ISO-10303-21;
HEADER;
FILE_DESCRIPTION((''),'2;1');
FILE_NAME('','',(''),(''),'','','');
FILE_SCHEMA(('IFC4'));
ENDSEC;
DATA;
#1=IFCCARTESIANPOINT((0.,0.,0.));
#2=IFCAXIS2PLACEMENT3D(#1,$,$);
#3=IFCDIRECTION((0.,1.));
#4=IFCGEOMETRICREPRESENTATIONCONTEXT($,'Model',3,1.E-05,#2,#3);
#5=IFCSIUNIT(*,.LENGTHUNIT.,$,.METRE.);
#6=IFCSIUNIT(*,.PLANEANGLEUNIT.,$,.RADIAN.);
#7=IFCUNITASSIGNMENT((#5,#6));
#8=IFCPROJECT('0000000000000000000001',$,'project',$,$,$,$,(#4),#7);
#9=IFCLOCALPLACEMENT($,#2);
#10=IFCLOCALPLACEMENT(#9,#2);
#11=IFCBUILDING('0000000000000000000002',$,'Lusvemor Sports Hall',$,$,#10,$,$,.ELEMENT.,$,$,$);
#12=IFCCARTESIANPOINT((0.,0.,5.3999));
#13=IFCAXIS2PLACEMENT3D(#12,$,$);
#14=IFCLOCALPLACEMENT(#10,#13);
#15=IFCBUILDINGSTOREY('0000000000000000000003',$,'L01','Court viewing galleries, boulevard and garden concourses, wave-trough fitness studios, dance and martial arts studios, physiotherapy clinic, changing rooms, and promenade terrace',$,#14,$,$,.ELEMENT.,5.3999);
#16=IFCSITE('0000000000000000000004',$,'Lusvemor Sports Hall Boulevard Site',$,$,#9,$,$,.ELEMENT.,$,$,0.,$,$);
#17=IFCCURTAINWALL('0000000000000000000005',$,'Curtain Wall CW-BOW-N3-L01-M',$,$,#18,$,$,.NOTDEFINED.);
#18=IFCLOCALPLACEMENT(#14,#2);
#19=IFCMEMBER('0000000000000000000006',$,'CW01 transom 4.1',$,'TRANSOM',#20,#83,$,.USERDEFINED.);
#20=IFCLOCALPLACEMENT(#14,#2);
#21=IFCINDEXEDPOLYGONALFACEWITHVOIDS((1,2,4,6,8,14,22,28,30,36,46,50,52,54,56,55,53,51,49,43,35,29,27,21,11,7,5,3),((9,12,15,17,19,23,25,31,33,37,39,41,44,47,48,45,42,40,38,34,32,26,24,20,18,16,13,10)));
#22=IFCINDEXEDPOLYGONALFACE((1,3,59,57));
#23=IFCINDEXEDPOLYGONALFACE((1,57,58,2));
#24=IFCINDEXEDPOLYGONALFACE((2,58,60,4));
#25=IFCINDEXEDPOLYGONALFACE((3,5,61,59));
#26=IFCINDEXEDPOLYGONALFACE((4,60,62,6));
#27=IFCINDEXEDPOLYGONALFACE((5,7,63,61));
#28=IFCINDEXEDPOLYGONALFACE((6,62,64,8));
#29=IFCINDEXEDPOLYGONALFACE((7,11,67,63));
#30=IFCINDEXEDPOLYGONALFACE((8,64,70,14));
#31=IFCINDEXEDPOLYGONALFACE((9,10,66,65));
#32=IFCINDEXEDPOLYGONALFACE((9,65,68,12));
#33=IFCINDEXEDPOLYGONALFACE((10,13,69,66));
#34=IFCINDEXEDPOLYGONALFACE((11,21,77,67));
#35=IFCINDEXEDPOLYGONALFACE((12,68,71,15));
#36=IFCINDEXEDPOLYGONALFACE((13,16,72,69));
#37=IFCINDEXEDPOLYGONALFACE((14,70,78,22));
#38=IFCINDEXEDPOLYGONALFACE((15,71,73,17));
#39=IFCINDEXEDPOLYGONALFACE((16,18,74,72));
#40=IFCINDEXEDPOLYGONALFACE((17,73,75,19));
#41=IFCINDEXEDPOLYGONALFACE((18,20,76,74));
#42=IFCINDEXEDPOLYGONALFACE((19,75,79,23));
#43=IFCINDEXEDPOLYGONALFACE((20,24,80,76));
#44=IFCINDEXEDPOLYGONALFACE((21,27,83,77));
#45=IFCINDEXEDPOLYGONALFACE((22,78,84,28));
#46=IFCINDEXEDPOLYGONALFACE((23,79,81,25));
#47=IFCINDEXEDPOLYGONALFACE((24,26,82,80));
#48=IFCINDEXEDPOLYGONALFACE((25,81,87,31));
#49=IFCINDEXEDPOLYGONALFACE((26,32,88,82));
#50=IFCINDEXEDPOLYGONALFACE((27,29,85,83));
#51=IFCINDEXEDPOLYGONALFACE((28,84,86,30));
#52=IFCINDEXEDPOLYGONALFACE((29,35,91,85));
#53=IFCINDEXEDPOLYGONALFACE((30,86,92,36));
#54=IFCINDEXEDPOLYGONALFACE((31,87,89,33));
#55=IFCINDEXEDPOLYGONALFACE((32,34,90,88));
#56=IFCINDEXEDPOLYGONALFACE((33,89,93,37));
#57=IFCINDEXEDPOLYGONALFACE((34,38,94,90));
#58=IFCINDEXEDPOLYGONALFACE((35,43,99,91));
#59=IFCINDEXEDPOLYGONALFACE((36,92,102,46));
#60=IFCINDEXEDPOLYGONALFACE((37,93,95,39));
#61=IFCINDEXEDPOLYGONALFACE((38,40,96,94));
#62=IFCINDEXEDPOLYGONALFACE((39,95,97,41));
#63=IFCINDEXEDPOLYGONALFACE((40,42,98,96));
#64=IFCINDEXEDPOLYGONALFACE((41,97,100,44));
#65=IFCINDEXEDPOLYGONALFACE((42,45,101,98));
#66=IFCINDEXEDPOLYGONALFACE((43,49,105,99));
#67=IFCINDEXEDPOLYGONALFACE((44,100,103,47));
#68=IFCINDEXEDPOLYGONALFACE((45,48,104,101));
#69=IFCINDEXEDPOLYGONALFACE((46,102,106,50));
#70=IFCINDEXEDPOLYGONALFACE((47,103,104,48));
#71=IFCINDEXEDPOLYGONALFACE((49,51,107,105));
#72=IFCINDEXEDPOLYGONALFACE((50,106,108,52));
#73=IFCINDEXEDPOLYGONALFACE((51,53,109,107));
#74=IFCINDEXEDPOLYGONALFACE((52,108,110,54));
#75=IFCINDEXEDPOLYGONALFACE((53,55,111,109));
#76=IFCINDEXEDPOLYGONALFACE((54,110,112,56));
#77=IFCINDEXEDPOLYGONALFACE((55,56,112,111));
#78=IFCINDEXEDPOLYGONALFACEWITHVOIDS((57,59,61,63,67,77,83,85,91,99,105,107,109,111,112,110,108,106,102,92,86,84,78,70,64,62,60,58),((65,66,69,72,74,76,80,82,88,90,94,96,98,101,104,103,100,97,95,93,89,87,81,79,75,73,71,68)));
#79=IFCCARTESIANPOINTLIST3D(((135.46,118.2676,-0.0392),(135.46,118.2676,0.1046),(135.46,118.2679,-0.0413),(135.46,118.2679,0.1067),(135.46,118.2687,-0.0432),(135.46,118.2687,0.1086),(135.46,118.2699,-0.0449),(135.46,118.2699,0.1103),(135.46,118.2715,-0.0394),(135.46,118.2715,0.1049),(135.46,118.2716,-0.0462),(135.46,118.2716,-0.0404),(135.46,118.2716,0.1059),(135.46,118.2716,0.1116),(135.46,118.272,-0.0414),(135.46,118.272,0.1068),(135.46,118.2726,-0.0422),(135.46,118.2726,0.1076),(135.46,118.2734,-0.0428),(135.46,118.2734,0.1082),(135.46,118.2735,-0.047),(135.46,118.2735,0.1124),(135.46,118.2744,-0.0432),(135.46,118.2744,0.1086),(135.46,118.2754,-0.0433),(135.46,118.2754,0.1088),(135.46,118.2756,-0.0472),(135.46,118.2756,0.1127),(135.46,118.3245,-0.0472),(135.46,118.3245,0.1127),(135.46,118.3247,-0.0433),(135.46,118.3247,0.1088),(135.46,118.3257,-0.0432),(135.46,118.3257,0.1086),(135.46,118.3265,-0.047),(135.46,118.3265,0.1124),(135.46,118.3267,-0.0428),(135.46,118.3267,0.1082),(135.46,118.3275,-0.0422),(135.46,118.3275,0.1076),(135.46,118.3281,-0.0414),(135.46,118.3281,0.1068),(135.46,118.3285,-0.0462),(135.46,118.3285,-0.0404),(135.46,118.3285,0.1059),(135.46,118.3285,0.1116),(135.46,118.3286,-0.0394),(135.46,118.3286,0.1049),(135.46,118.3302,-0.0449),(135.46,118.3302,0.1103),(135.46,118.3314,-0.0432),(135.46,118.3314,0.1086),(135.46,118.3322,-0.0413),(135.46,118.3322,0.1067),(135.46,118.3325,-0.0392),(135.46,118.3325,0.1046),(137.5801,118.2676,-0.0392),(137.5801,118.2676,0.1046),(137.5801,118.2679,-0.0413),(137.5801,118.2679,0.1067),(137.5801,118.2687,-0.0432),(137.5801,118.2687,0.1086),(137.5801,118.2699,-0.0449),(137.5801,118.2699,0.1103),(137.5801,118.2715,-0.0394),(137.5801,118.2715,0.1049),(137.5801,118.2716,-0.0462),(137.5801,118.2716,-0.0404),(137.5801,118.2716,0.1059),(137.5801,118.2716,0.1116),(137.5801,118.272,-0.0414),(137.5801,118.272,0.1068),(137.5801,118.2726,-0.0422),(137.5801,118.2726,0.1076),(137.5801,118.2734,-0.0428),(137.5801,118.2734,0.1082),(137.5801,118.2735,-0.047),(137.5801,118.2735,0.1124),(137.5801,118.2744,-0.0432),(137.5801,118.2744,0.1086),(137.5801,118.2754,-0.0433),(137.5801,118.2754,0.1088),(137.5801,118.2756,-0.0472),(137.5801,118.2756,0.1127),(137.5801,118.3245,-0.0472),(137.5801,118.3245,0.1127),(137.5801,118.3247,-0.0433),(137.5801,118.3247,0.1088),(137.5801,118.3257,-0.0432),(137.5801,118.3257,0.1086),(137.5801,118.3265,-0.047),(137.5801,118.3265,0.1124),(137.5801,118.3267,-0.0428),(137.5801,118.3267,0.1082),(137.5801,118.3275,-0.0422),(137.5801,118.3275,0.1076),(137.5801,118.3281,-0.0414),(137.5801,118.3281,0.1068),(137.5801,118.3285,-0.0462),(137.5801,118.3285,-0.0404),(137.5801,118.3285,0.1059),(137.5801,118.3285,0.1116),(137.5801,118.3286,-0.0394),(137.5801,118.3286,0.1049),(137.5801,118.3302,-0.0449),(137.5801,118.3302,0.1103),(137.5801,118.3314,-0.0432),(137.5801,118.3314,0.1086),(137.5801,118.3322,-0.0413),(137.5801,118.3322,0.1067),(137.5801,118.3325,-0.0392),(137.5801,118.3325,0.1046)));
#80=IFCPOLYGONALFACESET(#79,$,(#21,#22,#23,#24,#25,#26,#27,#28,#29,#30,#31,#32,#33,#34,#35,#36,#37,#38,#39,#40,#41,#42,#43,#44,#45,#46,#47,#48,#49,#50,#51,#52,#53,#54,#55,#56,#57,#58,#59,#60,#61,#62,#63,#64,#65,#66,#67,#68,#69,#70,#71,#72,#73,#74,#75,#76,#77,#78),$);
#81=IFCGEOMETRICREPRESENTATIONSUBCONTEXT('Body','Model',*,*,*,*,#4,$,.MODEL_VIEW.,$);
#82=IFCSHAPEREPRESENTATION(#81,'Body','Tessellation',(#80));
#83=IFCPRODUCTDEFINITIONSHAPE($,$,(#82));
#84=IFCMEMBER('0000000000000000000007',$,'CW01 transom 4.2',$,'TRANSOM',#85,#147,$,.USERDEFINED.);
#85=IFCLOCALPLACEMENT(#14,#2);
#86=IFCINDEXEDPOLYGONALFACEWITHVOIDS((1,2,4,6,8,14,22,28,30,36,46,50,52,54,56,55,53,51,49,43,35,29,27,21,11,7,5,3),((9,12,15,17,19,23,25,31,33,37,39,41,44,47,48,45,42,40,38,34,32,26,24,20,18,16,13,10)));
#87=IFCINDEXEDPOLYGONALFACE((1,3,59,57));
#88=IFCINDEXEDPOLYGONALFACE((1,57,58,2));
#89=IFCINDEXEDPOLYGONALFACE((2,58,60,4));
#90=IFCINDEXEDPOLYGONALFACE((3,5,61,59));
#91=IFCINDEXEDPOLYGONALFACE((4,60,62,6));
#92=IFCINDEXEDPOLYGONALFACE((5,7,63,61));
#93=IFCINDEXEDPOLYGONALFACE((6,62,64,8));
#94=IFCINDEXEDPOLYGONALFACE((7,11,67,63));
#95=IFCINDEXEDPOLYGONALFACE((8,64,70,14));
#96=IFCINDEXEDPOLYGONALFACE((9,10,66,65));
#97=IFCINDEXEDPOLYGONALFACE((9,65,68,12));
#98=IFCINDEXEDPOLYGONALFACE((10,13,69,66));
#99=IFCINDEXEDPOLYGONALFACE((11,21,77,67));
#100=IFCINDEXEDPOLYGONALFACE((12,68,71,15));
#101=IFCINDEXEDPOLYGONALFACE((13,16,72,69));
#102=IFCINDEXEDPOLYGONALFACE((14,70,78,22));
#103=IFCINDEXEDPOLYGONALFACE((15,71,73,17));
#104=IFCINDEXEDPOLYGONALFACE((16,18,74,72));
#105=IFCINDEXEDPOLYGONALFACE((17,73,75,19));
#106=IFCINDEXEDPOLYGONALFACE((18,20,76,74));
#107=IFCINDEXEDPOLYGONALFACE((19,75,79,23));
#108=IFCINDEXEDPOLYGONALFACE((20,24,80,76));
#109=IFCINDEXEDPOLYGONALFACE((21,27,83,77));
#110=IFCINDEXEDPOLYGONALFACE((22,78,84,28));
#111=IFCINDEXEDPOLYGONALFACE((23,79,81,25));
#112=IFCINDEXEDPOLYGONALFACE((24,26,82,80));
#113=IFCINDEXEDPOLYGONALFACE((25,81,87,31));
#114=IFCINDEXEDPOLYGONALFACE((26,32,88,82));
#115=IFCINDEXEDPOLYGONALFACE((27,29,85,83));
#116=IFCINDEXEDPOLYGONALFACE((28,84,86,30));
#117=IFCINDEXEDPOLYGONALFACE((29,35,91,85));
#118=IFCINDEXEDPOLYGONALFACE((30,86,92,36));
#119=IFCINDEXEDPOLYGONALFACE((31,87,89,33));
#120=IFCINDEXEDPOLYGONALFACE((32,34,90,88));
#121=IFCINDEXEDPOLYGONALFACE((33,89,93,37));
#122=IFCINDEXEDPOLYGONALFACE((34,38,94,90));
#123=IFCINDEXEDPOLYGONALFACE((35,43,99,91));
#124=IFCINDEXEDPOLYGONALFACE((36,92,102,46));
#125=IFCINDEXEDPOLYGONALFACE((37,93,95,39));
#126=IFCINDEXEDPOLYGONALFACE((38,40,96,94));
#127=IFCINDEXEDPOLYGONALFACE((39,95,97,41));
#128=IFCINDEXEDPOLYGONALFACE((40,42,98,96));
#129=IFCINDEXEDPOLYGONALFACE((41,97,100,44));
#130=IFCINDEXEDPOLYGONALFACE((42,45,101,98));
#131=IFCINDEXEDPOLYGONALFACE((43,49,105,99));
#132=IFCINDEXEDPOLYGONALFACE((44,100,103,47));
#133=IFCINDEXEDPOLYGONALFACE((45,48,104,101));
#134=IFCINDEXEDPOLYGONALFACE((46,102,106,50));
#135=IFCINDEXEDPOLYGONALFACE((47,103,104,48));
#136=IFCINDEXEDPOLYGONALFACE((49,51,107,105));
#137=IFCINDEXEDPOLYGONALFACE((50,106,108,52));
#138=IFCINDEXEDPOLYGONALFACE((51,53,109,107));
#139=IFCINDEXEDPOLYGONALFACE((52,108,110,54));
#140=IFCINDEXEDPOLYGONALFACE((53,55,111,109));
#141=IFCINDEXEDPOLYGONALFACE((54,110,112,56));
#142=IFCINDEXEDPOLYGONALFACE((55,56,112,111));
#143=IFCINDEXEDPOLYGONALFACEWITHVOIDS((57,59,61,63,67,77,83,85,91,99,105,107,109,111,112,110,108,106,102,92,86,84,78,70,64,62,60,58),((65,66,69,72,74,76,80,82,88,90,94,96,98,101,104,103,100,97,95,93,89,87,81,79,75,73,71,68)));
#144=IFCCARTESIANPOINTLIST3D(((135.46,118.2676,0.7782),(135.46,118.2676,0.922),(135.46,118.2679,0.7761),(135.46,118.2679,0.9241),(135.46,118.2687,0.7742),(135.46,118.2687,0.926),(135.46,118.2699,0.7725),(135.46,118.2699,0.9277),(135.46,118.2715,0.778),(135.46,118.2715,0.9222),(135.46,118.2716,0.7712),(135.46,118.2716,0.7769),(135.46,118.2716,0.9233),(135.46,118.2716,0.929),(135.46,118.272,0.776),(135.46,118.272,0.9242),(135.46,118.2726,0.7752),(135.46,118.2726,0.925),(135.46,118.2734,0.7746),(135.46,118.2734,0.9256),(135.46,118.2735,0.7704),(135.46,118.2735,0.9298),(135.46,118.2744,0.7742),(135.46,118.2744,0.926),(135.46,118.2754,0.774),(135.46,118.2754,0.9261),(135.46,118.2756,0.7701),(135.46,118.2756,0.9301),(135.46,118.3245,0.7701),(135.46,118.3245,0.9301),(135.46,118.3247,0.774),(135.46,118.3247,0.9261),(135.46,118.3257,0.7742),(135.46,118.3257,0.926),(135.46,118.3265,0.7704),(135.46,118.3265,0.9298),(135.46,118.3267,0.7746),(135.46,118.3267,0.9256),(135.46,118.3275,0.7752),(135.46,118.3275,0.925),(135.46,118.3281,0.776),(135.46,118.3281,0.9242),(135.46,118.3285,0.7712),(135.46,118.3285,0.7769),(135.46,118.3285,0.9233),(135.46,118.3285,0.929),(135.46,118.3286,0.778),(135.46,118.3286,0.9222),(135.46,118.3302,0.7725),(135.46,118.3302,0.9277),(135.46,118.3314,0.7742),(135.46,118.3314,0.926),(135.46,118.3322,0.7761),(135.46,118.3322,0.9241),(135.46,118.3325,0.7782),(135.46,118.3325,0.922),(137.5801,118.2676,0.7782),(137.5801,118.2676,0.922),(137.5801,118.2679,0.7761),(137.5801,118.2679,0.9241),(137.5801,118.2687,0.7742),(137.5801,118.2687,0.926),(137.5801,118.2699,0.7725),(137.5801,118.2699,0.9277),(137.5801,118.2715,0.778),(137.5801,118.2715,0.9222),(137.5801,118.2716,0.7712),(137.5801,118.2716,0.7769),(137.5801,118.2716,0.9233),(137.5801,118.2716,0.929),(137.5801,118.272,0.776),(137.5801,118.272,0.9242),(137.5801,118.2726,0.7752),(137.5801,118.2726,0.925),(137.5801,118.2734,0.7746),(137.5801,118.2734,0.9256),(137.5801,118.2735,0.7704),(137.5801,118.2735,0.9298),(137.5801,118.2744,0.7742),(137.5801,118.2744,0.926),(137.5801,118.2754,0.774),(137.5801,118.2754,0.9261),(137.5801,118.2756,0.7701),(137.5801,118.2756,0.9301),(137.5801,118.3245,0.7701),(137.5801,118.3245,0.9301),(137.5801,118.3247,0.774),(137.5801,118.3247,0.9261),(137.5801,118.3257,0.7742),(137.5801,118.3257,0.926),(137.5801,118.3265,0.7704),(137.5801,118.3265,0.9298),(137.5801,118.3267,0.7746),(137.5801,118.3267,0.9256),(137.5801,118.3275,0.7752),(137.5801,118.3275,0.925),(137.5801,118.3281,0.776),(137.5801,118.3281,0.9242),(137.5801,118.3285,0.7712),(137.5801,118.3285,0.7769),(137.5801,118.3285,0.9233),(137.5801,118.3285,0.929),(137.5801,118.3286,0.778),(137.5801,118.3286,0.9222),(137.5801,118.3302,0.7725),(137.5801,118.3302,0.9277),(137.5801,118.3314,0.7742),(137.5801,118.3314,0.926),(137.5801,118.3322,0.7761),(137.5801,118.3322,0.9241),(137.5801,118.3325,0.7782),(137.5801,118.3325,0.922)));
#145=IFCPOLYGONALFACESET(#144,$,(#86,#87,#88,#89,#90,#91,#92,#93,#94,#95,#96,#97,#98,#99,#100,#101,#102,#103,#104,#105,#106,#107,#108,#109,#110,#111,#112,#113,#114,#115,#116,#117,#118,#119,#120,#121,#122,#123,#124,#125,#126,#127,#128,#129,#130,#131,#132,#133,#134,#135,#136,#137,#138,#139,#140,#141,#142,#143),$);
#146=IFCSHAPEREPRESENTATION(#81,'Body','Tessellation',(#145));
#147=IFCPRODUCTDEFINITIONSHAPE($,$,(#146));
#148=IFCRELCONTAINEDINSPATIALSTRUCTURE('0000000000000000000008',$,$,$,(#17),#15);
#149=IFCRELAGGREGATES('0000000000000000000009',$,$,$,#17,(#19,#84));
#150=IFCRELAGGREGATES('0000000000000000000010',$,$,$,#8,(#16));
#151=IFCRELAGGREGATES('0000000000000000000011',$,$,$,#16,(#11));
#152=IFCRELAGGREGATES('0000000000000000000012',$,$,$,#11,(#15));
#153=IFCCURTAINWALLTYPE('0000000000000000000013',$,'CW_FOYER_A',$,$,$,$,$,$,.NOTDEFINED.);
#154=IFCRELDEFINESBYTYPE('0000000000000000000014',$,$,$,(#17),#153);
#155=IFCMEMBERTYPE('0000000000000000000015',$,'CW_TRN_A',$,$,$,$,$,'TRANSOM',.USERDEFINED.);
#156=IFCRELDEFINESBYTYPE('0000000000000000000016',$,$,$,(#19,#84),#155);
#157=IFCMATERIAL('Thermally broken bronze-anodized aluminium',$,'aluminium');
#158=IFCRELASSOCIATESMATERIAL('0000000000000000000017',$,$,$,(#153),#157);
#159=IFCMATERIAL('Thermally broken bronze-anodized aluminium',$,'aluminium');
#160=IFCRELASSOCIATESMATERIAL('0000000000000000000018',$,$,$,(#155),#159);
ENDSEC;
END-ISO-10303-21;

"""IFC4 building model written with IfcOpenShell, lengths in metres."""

from ifc_helpers import new_model, si_unit, direction, frame, origin, origin_2d, place, context, subcontext, project, spatial, hollow_rectangle, extrude, material, material_profile, profile_set, type_object, element, aggregate, save


model = new_model("IFC4")

# Units and contexts
model_context = context("Model", 3, precision=1e-05, world=origin(), true_north=direction((0.0, 1.0)))
body_context = subcontext(model_context, "Body", "Model", "MODEL_VIEW")
ifc_project = project(units=[si_unit("LENGTHUNIT", "METRE"), si_unit("PLANEANGLEUNIT", "RADIAN")], contexts=[model_context])

# Site, building, storey
site_placement = place(None, origin())
site = spatial("IfcSite", under=ifc_project, at=site_placement, Name="Lusvemor Sports Hall Boulevard Site", CompositionType="ELEMENT", RefElevation=0.0)
building_placement = place(site_placement, origin())
building = spatial("IfcBuilding", under=site, at=building_placement, Name="Lusvemor Sports Hall", CompositionType="ELEMENT")
storey_placement = place(building_placement, frame((0.0, 0.0, 5.3999)))
storey = spatial("IfcBuildingStorey", under=building, at=storey_placement, Name="L01", Description="Court viewing galleries, boulevard and garden concourses, wave-trough fitness studios, dance and martial arts studios, physiotherapy clinic, changing rooms, and promenade terrace", CompositionType="ELEMENT", Elevation=5.3999)

# Curtain wall
ifc_material_1 = material(Name="Thermally broken bronze-anodized aluminium", Category="aluminium")
curtain_wall_type_1 = type_object("IfcCurtainWallType", Name="CW_FOYER_A", PredefinedType="NOTDEFINED", material=ifc_material_1)
curtain_wall_1_placement = place(storey_placement, origin())
curtain_wall_1 = element("IfcCurtainWall", 1, at=curtain_wall_1_placement, inside=storey, type_object=curtain_wall_type_1, Name="Curtain Wall CW-BOW-N3-L01-M", PredefinedType="NOTDEFINED")

# Members
ifc_material_2 = material(Name="Thermally broken bronze-anodized aluminium", Category="aluminium")
ifc_material_profile_1 = material_profile(ifc_material_2, hollow_rectangle(XDim=0.0649, YDim=0.1599, WallThickness=0.0039, InnerFilletRadius=0.0039, OuterFilletRadius=0.0081, at=origin_2d()), Name="CWTRN160x65x4")
ifc_profile_set_1 = profile_set([ifc_material_profile_1], Name="Thermally broken bronze-anodized aluminium")
member_type_1 = type_object("IfcMemberType", Name="CW_TRN_A", ElementType="TRANSOM", PredefinedType="USERDEFINED", material=ifc_profile_set_1)
member_1_placement = place(storey_placement, frame((135.46, 118.3, 0.0327), z_axis=(1.0, 0.0, 0.0), x_axis=(0.0, 1.0, 0.0)))
member_1 = element("IfcMember", 2, at=member_1_placement, type_object=member_type_1, Name="CW01 transom 4.1", ObjectType="TRANSOM", PredefinedType="USERDEFINED", context=body_context, shape_type="SweptSolid", body=[
    extrude(hollow_rectangle(XDim=0.0649, YDim=0.1599, WallThickness=0.0039, InnerFilletRadius=0.0039, OuterFilletRadius=0.0081, at=origin_2d()), origin(), (0.0, 0.0, 1.0), 2.1201),
])
member_2_placement = place(storey_placement, frame((135.46, 118.3, 0.8501), z_axis=(1.0, 0.0, 0.0), x_axis=(0.0, 1.0, 0.0)))
member_2 = element("IfcMember", 3, at=member_2_placement, type_object=member_type_1, Name="CW01 transom 4.2", ObjectType="TRANSOM", PredefinedType="USERDEFINED", context=body_context, shape_type="SweptSolid", body=[
    extrude(hollow_rectangle(XDim=0.0649, YDim=0.1599, WallThickness=0.0039, InnerFilletRadius=0.0039, OuterFilletRadius=0.0081, at=origin_2d()), origin(), (0.0, 0.0, 1.0), 2.1201),
])

aggregate(curtain_wall_1, [member_1, member_2])

save(model, "model.ifc")
